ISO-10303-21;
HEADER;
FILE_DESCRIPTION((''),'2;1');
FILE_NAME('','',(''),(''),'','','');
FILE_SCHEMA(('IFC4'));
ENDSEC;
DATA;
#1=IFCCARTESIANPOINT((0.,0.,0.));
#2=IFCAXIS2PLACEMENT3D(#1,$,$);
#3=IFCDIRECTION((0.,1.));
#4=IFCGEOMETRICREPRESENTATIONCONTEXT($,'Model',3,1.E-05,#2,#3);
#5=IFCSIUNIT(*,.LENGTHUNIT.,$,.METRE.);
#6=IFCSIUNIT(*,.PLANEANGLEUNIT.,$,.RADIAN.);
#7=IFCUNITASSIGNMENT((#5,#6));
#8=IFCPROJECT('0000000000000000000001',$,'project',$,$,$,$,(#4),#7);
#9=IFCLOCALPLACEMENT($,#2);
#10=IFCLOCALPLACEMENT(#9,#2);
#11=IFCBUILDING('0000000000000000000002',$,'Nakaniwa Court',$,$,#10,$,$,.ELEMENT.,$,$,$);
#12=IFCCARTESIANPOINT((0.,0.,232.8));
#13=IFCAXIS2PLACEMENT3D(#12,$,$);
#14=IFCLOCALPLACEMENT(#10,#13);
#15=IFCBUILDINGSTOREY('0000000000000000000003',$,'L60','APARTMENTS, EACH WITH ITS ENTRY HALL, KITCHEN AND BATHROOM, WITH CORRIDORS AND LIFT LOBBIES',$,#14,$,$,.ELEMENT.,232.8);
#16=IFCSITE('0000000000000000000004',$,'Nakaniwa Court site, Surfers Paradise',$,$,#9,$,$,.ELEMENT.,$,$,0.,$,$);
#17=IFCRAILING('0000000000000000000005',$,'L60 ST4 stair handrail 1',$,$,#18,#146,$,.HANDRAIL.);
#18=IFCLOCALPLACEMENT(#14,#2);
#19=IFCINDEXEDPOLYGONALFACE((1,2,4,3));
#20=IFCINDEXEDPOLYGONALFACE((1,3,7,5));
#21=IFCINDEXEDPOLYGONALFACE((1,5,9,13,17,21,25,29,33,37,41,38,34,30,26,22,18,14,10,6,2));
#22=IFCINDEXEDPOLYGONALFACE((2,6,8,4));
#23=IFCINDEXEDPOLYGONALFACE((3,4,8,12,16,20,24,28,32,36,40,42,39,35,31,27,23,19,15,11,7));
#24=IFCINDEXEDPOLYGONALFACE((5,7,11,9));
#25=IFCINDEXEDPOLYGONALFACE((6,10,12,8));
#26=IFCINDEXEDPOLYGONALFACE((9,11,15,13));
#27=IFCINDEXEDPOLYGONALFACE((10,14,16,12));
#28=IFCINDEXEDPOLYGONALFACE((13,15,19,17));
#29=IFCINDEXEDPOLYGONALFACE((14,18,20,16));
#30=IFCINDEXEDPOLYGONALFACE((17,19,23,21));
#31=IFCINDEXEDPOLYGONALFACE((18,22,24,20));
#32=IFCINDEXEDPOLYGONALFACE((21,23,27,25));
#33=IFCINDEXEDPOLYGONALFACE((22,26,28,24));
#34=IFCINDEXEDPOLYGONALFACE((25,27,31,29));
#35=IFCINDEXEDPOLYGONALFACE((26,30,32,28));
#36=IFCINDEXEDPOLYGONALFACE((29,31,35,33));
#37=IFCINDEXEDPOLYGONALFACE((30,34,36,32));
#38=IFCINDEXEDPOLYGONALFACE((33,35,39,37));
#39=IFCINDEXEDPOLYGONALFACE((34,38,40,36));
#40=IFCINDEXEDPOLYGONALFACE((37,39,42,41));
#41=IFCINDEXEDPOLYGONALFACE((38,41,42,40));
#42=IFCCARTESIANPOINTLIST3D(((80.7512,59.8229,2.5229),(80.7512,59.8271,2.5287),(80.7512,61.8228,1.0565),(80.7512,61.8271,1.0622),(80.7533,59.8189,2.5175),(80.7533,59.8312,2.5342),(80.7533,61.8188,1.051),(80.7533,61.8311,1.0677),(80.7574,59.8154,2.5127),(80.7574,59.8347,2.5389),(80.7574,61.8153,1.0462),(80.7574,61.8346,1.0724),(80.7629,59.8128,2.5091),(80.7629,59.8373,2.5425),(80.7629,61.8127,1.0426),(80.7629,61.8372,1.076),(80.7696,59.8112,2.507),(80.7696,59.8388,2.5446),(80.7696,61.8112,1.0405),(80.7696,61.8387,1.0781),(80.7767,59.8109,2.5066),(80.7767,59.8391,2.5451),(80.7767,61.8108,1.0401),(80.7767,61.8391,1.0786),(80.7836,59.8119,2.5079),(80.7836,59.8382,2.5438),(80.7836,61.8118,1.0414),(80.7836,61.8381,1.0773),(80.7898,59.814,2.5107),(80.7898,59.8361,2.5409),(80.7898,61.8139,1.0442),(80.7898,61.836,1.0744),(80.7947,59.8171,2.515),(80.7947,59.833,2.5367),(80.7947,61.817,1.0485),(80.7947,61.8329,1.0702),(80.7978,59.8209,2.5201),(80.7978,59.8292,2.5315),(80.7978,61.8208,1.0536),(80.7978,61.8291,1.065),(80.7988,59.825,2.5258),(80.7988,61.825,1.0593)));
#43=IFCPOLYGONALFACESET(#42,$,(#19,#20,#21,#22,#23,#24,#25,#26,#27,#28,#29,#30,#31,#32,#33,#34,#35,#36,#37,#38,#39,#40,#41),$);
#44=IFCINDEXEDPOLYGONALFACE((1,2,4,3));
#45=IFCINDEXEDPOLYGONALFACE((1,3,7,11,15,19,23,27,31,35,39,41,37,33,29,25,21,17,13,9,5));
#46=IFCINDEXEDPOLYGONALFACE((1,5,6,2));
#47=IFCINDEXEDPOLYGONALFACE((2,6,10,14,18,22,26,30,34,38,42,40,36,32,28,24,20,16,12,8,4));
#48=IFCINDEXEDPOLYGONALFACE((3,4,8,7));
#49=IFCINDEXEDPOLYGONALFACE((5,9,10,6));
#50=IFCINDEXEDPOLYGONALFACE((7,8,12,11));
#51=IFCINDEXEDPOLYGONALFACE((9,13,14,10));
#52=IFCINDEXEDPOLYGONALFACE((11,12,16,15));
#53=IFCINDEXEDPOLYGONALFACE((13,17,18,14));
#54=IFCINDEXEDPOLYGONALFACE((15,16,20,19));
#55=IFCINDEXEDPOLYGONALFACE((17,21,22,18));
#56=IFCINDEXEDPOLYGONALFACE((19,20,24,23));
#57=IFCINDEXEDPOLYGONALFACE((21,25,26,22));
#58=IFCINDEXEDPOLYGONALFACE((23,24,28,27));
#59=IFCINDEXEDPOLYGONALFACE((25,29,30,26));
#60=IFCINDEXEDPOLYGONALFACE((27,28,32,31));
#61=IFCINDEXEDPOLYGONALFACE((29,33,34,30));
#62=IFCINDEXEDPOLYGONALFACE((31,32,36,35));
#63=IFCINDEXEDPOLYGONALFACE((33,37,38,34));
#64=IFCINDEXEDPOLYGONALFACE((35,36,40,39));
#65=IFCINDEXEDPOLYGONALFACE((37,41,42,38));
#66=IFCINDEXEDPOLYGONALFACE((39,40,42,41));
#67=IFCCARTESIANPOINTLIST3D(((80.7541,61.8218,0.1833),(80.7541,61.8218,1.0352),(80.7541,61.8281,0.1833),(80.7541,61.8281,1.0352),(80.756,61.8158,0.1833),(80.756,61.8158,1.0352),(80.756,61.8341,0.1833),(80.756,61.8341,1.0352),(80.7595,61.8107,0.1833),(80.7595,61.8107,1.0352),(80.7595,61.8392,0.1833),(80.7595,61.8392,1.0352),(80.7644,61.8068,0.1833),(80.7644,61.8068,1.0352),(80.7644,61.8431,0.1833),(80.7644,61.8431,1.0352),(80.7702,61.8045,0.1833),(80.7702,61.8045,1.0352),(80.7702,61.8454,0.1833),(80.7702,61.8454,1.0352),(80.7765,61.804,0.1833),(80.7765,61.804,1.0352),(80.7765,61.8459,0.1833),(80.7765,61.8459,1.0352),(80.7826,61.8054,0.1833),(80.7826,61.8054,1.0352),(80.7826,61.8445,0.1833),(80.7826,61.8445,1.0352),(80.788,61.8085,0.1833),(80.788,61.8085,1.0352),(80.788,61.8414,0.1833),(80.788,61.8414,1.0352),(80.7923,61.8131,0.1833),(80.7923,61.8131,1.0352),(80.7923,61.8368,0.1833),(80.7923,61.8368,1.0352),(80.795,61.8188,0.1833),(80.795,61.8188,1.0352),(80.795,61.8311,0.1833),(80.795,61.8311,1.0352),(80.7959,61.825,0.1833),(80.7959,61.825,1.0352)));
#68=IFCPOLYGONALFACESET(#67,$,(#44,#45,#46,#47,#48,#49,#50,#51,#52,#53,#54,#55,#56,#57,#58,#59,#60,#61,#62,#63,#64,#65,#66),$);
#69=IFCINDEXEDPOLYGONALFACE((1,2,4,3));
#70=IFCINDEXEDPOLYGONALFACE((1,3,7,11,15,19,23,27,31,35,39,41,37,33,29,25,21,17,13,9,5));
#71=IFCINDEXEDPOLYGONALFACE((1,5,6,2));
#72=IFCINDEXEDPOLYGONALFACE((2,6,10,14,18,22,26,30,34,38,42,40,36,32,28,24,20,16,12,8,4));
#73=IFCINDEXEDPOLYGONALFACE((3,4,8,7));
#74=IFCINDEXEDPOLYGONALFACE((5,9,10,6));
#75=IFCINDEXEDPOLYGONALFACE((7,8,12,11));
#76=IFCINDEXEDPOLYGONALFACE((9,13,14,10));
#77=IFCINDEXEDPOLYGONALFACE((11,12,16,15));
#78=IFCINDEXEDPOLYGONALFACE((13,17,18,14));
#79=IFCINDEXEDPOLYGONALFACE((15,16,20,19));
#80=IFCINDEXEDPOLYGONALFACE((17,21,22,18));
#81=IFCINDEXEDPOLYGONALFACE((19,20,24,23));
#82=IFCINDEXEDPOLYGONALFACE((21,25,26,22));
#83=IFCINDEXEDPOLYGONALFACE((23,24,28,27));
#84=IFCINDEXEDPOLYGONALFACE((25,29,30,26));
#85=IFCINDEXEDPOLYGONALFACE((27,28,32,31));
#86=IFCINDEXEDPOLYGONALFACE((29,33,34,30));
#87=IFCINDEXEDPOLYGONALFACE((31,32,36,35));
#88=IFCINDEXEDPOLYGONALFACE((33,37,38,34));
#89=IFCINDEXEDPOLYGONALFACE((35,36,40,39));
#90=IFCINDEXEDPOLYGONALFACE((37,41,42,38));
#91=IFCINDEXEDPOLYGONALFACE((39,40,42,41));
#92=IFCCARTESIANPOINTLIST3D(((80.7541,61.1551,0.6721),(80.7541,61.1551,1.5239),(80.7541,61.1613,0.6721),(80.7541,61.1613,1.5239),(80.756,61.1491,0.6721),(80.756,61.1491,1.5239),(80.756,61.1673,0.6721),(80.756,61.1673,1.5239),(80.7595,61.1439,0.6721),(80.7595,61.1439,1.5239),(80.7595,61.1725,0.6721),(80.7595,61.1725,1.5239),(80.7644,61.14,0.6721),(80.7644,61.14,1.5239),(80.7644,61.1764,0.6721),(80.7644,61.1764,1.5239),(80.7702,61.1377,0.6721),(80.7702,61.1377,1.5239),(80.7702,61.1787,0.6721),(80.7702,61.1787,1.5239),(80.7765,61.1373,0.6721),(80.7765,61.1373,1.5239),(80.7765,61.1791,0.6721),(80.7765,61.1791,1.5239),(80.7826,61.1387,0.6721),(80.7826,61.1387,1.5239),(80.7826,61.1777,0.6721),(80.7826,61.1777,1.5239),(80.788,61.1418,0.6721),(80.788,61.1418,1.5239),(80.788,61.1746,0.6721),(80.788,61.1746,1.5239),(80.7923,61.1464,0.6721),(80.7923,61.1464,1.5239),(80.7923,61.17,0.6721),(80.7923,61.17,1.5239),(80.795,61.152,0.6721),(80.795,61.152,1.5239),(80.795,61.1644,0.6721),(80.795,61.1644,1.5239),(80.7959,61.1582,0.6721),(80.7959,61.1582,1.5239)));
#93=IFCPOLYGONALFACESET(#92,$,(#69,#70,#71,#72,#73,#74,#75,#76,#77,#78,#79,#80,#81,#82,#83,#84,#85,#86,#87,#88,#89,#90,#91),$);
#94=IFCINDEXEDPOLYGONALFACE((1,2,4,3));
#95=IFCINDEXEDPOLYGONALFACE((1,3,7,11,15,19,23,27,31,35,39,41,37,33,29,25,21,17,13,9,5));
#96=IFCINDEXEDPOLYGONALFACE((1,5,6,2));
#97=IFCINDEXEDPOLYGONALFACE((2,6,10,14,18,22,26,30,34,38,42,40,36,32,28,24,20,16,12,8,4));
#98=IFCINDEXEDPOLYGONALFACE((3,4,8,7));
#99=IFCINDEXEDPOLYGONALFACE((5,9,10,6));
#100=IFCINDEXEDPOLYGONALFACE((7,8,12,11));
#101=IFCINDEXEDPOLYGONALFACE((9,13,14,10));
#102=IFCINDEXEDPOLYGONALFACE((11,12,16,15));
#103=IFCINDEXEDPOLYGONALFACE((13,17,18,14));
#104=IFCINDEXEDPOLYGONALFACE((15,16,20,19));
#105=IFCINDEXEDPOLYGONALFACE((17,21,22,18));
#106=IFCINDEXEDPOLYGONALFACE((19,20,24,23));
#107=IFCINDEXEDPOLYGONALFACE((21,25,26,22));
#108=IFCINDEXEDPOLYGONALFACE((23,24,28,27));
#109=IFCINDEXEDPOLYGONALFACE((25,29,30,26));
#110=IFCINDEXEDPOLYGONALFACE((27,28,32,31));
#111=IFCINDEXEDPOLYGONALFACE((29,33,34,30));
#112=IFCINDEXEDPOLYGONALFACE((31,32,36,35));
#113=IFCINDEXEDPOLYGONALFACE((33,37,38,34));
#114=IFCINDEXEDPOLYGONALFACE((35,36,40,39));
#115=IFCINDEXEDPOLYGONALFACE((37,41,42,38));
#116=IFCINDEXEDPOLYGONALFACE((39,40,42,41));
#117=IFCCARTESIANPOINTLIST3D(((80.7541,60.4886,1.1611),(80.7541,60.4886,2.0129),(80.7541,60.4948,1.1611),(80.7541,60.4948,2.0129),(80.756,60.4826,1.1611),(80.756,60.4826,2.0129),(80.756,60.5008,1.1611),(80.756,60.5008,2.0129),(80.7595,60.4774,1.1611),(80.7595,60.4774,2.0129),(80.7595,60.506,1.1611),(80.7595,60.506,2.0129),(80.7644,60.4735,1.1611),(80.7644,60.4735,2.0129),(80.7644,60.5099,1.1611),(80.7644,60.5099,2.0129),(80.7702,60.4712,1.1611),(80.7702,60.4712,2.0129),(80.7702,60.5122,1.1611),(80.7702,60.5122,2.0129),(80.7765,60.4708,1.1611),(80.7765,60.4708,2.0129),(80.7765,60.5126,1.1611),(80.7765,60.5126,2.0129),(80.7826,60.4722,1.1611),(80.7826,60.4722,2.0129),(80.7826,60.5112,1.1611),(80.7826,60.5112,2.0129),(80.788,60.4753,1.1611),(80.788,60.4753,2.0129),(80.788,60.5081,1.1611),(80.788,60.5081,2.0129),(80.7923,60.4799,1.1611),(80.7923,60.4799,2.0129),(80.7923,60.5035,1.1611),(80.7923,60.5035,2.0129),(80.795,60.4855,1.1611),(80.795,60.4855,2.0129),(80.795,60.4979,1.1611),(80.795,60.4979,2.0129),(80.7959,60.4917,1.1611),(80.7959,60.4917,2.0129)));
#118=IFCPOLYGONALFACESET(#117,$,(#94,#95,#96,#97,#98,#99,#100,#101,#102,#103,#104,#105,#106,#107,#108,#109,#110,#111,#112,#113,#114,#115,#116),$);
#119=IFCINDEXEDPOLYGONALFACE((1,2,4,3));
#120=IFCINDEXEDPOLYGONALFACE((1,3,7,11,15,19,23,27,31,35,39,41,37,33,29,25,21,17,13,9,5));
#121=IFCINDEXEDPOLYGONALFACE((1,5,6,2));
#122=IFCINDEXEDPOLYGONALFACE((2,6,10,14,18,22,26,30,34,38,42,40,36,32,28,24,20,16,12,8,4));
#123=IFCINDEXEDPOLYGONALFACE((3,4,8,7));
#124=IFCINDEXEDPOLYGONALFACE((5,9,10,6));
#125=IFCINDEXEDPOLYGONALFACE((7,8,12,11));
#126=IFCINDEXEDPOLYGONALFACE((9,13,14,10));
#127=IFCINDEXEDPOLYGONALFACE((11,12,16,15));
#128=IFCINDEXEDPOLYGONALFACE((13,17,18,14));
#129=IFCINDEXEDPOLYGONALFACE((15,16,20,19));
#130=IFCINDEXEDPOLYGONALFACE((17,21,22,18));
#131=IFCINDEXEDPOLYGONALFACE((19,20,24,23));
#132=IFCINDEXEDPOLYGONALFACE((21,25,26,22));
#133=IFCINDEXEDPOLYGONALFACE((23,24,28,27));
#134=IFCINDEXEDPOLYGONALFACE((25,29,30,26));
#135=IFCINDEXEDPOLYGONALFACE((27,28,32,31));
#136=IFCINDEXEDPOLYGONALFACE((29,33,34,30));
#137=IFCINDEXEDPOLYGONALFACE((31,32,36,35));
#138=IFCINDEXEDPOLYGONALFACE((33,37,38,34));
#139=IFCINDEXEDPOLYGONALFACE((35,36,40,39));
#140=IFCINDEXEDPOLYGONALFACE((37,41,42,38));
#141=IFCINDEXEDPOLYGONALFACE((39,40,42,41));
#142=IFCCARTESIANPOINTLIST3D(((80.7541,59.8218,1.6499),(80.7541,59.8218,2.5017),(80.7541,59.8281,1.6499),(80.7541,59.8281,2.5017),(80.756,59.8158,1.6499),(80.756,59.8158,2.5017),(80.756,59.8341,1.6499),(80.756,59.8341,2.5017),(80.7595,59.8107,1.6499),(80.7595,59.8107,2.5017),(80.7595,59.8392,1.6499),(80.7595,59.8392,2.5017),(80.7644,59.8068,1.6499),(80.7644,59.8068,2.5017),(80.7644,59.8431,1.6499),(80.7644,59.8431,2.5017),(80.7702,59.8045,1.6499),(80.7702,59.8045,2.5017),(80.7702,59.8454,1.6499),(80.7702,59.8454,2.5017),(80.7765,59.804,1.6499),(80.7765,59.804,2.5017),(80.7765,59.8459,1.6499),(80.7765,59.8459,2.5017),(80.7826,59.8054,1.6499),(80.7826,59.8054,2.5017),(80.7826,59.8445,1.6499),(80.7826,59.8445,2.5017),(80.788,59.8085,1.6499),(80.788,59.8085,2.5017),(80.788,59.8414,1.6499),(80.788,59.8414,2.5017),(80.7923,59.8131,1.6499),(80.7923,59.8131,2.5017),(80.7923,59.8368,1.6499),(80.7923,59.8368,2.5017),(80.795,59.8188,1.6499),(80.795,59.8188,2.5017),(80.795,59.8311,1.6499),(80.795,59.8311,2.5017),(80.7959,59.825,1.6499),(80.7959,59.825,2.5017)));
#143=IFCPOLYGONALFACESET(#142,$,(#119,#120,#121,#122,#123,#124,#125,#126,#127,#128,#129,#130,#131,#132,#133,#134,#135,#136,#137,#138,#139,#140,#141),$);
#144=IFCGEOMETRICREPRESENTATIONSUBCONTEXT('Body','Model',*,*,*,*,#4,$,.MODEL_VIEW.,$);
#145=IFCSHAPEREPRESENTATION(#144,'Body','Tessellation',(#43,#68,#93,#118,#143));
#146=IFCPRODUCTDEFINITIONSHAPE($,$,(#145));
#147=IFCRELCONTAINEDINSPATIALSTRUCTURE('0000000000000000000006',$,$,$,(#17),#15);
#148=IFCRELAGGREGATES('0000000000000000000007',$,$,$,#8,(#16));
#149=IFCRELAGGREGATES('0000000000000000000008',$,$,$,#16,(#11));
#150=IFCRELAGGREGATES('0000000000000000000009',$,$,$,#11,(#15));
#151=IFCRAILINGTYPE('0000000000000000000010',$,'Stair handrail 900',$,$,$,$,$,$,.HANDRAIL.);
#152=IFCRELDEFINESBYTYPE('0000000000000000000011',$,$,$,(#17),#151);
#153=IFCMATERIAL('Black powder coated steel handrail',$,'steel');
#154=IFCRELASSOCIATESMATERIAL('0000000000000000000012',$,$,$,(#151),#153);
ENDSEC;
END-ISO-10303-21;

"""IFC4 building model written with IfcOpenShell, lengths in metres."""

from ifc_helpers import new_model, si_unit, direction, frame, origin, origin_2d, place, context, subcontext, project, spatial, circle, extrude, material, type_object, element, save


model = new_model("IFC4")

# Units and contexts
model_context = context("Model", 3, precision=1e-05, world=origin(), true_north=direction((0.0, 1.0)))
body_context = subcontext(model_context, "Body", "Model", "MODEL_VIEW")
ifc_project = project(units=[si_unit("LENGTHUNIT", "METRE"), si_unit("PLANEANGLEUNIT", "RADIAN")], contexts=[model_context])

# Site, building, storey
site_placement = place(None, origin())
site = spatial("IfcSite", under=ifc_project, at=site_placement, Name="Nakaniwa Court site, Surfers Paradise", CompositionType="ELEMENT", RefElevation=0.0)
building_placement = place(site_placement, origin())
building = spatial("IfcBuilding", under=site, at=building_placement, Name="Nakaniwa Court", CompositionType="ELEMENT")
storey_placement = place(building_placement, frame((0.0, 0.0, 232.8)))
storey = spatial("IfcBuildingStorey", under=building, at=storey_placement, Name="L60", Description="APARTMENTS, EACH WITH ITS ENTRY HALL, KITCHEN AND BATHROOM, WITH CORRIDORS AND LIFT LOBBIES", CompositionType="ELEMENT", Elevation=232.8)

# Railing
ifc_material_1 = material(Name="Black powder coated steel handrail", Category="steel")
railing_type_1 = type_object("IfcRailingType", Name="Stair handrail 900", PredefinedType="HANDRAIL", material=ifc_material_1)
railing_1_placement = place(storey_placement, frame((80.7749, 61.825, 0.1833)))
element("IfcRailing", 1, at=railing_1_placement, inside=storey, type_object=railing_type_1, Name="L60 ST4 stair handrail 1", PredefinedType="HANDRAIL", context=body_context, shape_type="SweptSolid", body=[
    extrude(circle(Radius=0.0239, at=origin_2d()), frame((0.0, 0.0, 0.876), z_axis=(0.0, -0.806427, 0.591334), x_axis=(1.0, 0.0, 0.0)), (0.0, 0.0, 1.0), 2.48),
    extrude(circle(Radius=0.021, at=origin_2d()), origin(), (0.0, 0.0, 1.0), 0.8518),
    extrude(circle(Radius=0.021, at=origin_2d()), frame((0.0, -0.6667, 0.4888)), (0.0, 0.0, 1.0), 0.8518),
    extrude(circle(Radius=0.021, at=origin_2d()), frame((0.0, -1.3333, 0.9778)), (0.0, 0.0, 1.0), 0.8518),
    extrude(circle(Radius=0.021, at=origin_2d()), frame((0.0, -2.0, 1.4666)), (0.0, 0.0, 1.0), 0.8518),
])

save(model, "model.ifc")
